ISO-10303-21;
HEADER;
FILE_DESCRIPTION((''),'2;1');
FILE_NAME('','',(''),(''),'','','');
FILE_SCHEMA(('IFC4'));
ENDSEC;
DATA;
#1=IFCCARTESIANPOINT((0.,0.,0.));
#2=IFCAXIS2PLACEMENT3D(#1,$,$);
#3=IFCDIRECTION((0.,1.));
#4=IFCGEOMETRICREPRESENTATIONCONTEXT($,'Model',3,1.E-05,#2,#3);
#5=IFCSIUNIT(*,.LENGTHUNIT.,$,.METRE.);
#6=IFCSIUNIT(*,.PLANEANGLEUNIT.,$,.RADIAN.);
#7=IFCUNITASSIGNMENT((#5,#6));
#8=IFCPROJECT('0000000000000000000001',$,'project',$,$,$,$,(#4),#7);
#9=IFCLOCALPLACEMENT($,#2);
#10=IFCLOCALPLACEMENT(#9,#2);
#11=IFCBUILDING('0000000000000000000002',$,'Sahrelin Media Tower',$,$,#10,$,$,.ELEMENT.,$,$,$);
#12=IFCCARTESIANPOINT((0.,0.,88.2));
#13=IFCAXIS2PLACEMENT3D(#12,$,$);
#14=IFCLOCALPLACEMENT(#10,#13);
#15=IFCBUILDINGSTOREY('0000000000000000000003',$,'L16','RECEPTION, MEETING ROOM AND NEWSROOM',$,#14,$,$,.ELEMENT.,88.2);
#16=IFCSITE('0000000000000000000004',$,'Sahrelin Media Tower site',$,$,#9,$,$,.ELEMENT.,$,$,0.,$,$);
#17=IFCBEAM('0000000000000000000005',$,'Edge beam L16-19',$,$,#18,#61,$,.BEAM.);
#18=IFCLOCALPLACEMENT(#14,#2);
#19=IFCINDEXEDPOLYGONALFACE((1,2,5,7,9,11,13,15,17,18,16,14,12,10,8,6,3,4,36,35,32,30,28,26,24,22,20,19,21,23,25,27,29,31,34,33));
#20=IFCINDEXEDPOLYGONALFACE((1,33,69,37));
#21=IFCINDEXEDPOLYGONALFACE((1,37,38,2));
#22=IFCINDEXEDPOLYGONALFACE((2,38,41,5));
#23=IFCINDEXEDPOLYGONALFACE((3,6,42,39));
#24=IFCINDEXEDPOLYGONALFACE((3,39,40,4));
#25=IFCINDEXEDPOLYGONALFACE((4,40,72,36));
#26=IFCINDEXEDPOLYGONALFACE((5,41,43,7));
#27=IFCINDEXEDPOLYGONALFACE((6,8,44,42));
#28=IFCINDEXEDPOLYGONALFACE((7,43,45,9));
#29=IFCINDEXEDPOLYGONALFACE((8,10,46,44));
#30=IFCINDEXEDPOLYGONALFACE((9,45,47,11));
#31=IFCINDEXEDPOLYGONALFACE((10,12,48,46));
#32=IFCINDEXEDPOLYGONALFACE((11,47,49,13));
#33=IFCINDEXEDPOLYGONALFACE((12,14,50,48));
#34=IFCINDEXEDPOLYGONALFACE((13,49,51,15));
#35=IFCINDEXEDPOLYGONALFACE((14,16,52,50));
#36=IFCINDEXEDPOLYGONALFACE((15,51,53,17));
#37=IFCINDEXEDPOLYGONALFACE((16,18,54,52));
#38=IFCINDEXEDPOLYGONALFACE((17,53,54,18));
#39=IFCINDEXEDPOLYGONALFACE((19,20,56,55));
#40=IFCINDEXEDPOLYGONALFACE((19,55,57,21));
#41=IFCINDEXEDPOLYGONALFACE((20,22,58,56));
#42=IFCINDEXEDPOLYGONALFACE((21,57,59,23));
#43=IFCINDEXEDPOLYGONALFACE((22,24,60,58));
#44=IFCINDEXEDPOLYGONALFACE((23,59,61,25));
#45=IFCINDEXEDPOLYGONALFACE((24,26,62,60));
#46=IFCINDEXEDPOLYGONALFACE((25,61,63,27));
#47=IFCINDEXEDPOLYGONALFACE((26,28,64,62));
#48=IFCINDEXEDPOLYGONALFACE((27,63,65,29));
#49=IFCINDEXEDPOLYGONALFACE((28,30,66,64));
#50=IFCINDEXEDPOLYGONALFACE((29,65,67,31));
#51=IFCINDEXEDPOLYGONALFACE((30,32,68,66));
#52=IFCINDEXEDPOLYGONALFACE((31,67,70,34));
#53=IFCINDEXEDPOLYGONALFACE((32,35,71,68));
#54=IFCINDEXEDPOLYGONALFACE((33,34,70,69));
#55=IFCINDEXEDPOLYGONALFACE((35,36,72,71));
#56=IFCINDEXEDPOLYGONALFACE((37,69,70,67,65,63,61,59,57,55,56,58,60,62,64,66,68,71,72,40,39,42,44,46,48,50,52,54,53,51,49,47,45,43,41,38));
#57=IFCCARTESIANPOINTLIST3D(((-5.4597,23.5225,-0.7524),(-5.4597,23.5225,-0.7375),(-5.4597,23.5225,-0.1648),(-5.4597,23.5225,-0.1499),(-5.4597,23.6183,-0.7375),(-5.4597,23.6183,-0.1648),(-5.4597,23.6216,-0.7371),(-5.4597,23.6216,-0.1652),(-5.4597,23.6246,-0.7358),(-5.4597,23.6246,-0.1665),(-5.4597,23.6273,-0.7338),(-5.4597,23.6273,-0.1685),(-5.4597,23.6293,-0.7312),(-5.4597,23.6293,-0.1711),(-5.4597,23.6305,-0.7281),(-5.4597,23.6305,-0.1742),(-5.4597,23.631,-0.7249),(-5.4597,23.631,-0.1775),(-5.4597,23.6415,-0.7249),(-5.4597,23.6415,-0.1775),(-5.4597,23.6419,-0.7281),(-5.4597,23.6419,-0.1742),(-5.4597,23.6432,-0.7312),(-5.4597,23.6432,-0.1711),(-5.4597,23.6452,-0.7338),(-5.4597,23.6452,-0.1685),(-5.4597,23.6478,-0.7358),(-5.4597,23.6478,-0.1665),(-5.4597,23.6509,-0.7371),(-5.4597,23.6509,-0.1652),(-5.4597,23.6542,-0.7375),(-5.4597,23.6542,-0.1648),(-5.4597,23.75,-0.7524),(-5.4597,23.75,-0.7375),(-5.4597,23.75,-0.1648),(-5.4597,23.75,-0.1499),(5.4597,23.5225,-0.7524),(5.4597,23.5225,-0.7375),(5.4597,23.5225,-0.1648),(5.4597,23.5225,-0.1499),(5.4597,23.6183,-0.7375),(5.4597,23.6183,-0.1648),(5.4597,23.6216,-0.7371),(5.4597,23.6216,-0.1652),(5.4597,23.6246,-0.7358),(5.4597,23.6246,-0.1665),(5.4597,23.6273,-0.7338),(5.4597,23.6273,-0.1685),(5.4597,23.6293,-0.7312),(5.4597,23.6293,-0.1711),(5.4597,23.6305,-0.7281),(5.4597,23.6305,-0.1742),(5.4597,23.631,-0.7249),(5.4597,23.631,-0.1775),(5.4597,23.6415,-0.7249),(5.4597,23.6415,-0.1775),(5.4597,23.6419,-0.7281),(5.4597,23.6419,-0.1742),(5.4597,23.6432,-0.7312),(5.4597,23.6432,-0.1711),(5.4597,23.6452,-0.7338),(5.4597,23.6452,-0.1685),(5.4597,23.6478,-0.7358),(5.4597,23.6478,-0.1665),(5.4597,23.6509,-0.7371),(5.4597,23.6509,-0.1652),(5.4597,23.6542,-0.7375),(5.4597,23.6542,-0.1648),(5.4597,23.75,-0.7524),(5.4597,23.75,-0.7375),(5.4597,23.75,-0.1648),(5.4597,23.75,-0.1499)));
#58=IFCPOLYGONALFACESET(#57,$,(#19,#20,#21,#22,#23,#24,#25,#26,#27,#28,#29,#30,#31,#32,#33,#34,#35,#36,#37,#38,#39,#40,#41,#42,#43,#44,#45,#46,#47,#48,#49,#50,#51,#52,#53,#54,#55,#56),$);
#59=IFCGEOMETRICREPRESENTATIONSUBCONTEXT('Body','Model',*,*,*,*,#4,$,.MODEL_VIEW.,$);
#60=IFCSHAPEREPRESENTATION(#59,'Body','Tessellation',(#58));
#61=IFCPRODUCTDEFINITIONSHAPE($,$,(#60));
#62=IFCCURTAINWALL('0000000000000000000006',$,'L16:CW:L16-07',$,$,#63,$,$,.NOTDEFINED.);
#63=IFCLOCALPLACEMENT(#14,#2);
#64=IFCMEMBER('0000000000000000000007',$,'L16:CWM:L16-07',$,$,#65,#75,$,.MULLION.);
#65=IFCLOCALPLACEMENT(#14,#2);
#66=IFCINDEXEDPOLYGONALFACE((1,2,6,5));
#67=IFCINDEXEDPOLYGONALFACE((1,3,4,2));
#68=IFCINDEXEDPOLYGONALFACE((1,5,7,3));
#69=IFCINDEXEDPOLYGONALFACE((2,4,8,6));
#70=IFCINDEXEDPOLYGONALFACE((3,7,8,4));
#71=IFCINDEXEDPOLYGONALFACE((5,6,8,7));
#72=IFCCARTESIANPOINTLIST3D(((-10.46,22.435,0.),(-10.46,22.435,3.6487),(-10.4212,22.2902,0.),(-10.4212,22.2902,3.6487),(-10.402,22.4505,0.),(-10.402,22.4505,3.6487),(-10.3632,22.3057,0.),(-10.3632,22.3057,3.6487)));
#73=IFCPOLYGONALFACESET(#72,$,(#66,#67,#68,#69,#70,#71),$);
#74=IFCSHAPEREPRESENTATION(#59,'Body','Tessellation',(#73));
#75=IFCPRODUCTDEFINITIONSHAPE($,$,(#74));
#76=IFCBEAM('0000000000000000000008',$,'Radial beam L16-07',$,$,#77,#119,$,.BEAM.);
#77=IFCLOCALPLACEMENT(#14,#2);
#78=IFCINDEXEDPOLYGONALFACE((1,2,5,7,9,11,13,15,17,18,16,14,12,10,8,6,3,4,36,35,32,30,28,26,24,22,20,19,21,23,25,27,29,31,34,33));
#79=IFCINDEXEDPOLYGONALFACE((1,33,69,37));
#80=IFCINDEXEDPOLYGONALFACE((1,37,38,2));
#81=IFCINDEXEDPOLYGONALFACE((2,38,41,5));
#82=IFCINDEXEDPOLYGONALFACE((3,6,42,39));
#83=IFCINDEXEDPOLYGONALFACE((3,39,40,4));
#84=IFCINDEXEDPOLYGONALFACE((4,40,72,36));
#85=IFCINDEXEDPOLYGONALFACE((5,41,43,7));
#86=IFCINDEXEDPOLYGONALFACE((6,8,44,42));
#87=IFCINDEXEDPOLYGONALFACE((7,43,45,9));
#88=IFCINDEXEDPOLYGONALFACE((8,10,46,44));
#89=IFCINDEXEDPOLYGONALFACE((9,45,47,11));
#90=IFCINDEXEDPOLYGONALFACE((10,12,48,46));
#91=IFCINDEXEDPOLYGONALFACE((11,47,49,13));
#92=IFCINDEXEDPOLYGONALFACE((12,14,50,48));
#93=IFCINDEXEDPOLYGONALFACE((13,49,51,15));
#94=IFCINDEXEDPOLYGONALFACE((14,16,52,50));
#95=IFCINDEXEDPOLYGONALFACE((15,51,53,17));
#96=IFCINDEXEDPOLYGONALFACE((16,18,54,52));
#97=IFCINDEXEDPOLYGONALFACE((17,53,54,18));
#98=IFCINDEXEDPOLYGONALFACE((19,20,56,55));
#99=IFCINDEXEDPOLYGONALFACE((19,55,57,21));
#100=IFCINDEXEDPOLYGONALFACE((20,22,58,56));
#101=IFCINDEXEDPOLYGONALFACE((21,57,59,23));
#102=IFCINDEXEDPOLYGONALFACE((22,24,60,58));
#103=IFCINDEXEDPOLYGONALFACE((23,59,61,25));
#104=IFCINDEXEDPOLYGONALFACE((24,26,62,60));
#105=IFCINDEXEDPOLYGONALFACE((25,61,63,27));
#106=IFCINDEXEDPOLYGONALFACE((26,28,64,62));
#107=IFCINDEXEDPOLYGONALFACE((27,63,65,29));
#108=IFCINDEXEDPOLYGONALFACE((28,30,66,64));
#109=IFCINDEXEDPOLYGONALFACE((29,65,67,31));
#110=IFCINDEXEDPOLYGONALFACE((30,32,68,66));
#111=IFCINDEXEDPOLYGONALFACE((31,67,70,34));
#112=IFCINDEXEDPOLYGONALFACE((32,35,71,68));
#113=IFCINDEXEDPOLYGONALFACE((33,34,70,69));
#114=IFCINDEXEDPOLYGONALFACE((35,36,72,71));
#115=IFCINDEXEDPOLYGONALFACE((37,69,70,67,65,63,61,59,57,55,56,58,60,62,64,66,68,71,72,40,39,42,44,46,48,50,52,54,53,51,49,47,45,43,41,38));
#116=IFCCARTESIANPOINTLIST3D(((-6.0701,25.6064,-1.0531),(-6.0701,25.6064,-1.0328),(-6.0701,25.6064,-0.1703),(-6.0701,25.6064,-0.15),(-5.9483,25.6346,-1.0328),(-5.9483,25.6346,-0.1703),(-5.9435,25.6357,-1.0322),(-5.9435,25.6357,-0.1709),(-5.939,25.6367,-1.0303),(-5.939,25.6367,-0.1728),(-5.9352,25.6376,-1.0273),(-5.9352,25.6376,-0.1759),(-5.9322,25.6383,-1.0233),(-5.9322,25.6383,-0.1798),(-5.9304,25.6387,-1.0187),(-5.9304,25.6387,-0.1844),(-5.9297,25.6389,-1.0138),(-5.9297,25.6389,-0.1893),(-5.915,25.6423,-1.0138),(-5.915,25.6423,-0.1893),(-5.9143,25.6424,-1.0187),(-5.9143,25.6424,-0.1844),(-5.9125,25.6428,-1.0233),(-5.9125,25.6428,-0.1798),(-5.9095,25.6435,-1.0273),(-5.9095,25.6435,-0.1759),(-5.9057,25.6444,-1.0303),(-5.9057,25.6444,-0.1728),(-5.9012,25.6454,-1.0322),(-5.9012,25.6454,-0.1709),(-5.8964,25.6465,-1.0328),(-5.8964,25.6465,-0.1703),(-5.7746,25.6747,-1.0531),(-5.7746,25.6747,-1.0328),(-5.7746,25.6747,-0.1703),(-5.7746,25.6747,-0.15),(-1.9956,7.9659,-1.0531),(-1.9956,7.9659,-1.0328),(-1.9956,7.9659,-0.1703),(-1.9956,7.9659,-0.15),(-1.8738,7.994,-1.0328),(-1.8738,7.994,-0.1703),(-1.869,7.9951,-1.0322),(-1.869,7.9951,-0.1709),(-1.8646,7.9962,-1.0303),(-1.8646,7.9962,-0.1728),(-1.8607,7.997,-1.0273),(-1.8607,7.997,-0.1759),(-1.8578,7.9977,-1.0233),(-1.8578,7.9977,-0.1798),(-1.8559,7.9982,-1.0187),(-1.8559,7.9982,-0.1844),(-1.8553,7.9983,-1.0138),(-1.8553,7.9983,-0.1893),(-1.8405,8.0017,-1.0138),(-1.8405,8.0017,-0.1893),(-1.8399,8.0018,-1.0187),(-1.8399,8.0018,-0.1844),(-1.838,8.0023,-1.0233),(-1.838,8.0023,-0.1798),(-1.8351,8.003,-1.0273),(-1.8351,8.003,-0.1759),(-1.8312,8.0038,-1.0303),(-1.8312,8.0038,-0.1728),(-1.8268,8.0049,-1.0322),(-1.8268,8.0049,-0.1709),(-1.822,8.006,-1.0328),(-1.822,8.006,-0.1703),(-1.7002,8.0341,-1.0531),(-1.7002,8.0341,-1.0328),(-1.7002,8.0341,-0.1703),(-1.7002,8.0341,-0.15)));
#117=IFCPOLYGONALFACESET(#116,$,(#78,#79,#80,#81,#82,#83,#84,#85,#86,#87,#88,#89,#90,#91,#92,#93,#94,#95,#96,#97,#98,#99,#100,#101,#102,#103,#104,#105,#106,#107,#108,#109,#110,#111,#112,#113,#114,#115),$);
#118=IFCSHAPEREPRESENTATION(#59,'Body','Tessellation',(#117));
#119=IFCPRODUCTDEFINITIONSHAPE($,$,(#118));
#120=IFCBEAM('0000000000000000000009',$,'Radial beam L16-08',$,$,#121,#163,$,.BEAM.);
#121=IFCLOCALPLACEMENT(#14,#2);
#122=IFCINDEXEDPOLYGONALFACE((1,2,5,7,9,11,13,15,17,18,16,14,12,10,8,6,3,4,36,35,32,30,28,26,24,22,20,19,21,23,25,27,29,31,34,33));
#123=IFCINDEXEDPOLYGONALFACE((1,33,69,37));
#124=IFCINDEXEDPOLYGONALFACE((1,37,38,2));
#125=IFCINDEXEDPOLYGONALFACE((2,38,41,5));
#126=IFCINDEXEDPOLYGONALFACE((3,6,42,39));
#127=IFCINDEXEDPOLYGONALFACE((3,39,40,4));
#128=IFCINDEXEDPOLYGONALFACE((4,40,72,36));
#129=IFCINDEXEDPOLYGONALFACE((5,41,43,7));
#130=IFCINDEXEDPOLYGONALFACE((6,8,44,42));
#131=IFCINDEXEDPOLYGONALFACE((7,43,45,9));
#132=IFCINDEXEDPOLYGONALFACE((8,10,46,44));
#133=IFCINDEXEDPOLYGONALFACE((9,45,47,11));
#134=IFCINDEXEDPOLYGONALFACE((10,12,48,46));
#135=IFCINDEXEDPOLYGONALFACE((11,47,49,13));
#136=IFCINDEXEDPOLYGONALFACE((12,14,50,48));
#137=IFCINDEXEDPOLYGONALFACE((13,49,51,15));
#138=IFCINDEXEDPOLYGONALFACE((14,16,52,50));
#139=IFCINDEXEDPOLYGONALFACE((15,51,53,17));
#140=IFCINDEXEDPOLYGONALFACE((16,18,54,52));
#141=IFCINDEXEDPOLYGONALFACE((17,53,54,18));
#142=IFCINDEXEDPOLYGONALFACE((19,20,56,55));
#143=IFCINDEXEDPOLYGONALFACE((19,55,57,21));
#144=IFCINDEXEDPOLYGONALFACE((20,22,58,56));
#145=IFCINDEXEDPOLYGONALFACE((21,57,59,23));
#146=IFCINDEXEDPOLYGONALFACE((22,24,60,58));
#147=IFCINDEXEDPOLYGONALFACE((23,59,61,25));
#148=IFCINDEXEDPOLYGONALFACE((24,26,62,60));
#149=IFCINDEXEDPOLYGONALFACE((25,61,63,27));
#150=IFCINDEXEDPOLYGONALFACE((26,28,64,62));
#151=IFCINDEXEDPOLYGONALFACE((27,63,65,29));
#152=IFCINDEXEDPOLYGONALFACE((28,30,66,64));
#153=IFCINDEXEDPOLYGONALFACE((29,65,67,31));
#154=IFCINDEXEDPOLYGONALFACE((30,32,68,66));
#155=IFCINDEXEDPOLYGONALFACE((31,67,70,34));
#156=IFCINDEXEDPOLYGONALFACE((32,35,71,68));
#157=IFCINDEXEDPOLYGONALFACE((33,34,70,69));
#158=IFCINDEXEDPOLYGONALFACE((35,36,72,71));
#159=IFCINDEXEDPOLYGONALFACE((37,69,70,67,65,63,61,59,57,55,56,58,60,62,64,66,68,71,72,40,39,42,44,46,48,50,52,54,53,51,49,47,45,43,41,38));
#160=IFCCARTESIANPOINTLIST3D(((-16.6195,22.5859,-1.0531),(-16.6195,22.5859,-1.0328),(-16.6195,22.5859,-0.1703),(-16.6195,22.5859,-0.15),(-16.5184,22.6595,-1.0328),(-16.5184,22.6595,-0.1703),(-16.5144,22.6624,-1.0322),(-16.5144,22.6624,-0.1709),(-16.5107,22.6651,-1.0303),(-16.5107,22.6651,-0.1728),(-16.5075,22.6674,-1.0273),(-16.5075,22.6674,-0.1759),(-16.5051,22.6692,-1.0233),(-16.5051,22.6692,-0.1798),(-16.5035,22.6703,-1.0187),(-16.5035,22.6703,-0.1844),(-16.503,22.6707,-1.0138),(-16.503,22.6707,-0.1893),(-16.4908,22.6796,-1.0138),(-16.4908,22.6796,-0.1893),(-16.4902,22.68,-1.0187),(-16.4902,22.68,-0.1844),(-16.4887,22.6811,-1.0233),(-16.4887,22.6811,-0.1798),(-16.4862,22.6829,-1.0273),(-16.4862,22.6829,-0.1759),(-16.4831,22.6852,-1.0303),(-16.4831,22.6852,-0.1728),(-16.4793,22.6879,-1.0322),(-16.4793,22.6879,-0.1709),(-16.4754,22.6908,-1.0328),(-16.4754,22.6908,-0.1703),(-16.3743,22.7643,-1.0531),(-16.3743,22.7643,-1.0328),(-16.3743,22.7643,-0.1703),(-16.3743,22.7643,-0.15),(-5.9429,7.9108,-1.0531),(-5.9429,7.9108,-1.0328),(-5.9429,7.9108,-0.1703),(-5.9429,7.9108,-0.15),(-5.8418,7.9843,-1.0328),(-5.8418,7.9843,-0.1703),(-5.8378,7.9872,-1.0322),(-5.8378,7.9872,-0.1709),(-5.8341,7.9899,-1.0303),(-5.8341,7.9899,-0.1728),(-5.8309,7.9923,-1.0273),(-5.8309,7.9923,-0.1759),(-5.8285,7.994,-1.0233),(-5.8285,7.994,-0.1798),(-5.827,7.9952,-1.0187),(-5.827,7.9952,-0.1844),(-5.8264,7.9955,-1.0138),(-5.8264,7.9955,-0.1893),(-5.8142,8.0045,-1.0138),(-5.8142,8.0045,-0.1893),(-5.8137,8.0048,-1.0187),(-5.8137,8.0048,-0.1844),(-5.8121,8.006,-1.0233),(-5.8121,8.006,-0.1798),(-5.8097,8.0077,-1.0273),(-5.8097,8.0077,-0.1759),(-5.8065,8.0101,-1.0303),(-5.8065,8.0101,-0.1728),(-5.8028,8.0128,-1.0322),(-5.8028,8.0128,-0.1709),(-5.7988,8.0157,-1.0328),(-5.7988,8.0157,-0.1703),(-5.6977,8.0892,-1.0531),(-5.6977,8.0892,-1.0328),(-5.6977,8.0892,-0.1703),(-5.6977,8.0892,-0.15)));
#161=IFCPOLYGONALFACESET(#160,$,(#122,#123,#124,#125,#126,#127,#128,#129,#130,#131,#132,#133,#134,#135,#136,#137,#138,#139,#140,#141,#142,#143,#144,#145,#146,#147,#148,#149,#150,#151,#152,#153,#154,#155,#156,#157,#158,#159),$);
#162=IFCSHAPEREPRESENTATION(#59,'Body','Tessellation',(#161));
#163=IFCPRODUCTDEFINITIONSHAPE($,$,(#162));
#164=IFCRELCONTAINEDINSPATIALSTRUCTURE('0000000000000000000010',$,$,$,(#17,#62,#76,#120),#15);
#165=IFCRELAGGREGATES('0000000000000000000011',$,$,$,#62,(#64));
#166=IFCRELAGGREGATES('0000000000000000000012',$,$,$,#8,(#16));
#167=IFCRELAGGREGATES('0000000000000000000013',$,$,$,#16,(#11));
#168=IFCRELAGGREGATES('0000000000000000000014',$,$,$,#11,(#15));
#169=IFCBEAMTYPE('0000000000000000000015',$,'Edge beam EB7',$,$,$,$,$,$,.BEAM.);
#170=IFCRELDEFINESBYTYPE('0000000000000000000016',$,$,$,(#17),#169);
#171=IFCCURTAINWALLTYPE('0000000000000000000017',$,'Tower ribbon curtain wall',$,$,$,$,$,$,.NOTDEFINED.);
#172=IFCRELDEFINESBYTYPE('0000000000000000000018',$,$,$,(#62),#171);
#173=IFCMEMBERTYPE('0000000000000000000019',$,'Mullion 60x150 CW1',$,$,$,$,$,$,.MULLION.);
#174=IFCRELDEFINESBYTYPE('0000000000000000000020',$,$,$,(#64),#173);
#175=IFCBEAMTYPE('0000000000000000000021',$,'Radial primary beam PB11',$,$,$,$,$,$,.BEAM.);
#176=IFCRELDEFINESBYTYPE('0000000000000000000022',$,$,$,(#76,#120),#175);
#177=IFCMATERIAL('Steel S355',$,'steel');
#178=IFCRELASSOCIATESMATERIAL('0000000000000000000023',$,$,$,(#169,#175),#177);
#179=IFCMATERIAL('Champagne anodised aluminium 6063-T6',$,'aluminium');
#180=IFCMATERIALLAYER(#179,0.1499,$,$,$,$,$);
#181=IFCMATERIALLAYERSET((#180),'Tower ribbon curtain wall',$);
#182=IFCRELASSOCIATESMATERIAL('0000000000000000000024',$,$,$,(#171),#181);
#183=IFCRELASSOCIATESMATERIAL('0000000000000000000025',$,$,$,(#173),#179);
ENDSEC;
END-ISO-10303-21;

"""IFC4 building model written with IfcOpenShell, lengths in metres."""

from ifc_helpers import new_model, si_unit, direction, frame, origin, origin_2d, place, context, subcontext, project, spatial, rectangle, i_section, extrude, material, layer, layer_set, material_profile, profile_set, type_object, element, aggregate, save


model = new_model("IFC4")

# Units and contexts
model_context = context("Model", 3, precision=1e-05, world=origin(), true_north=direction((0.0, 1.0)))
body_context = subcontext(model_context, "Body", "Model", "MODEL_VIEW")
ifc_project = project(units=[si_unit("LENGTHUNIT", "METRE"), si_unit("PLANEANGLEUNIT", "RADIAN")], contexts=[model_context])

# Site, building, storey
site_placement = place(None, origin())
site = spatial("IfcSite", under=ifc_project, at=site_placement, Name="Sahrelin Media Tower site", CompositionType="ELEMENT", RefElevation=0.0)
building_placement = place(site_placement, origin())
building = spatial("IfcBuilding", under=site, at=building_placement, Name="Sahrelin Media Tower", CompositionType="ELEMENT")
storey_placement = place(building_placement, frame((0.0, 0.0, 88.2)))
storey = spatial("IfcBuildingStorey", under=building, at=storey_placement, Name="L16", Description="RECEPTION, MEETING ROOM AND NEWSROOM", CompositionType="ELEMENT", Elevation=88.2)

# Beam
ifc_material_1 = material(Name="Steel S355", Category="steel")
ifc_material_profile_1 = material_profile(ifc_material_1, i_section(OverallWidth=0.2275, OverallDepth=0.6025, WebThickness=0.0105, FlangeThickness=0.0149, FilletRadius=0.0127, at=origin_2d()), Name="UB 610x229x101")
ifc_profile_set_1 = profile_set([ifc_material_profile_1], Name="Steel S355")
beam_type_1 = type_object("IfcBeamType", Name="Edge beam EB7", PredefinedType="BEAM", material=ifc_profile_set_1)
beam_1_placement = place(storey_placement, frame((-5.4597, 23.6362, -0.4512), z_axis=(1.0, 0.0, 0.0), x_axis=(0.0, 1.0, 0.0)))
element("IfcBeam", 1, at=beam_1_placement, inside=storey, type_object=beam_type_1, Name="Edge beam L16-19", PredefinedType="BEAM", context=body_context, shape_type="SweptSolid", body=[
    extrude(i_section(OverallWidth=0.2275, OverallDepth=0.6025, WebThickness=0.0105, FlangeThickness=0.0149, FilletRadius=0.0127, at=origin_2d()), origin(), (0.0, 0.0, 1.0), 10.9194),
])

# Curtain wall, member
ifc_material_2 = material(Name="Champagne anodised aluminium 6063-T6", Category="aluminium")
ifc_layer_1 = layer(ifc_material_2, 0.1499)
ifc_layer_set_1 = layer_set([ifc_layer_1], Name="Tower ribbon curtain wall")
curtain_wall_type = type_object("IfcCurtainWallType", Name="Tower ribbon curtain wall", PredefinedType="NOTDEFINED", material=ifc_layer_set_1)
curtain_wall_placement = place(storey_placement, frame((-10.4363, 22.4622, 0.0), z_axis=(0.0, 0.0, 1.0), x_axis=(1.0, 0.0, 0.0)))
curtain_wall = element("IfcCurtainWall", 2, at=curtain_wall_placement, inside=storey, type_object=curtain_wall_type, Name="L16:CW:L16-07", PredefinedType="NOTDEFINED")
ifc_material_profile_2 = material_profile(ifc_material_2, rectangle(XDim=0.0601, YDim=0.1499, at=origin_2d()), Name="Mullion 60x150")
ifc_profile_set_2 = profile_set([ifc_material_profile_2], Name="Champagne anodised aluminium 6063-T6")
member_type_1 = type_object("IfcMemberType", Name="Mullion 60x150 CW1", PredefinedType="MULLION", material=ifc_profile_set_2)
member_1_placement = place(storey_placement, frame((-10.4116, 22.3704, 0.0), z_axis=(0.0, 0.0, 1.0), x_axis=(-0.965926, -0.258817, 0.0)))
member_1 = element("IfcMember", 3, at=member_1_placement, type_object=member_type_1, Name="L16:CWM:L16-07", PredefinedType="MULLION", context=body_context, shape_type="SweptSolid", body=[
    extrude(rectangle(XDim=0.0601, YDim=0.1499, at=origin_2d()), origin(), (0.0, 0.0, 1.0), 3.6487),
])

# Beams
ifc_material_profile_3 = material_profile(ifc_material_1, i_section(OverallWidth=0.3032, OverallDepth=0.9031, WebThickness=0.0151, FlangeThickness=0.0203, FilletRadius=0.019, at=origin_2d()), Name="UB 914x305x201")
ifc_profile_set_3 = profile_set([ifc_material_profile_3], Name="Steel S355")
beam_type_2 = type_object("IfcBeamType", Name="Radial primary beam PB11", PredefinedType="BEAM", material=ifc_profile_set_3)
beam_2_placement = place(storey_placement, frame((-1.8479, 8.0, -0.6016), z_axis=(-0.225046, 0.974348, 0.0), x_axis=(-0.974348, -0.225046, 0.0)))
element("IfcBeam", 4, at=beam_2_placement, inside=storey, type_object=beam_type_2, Name="Radial beam L16-07", PredefinedType="BEAM", context=body_context, shape_type="SweptSolid", body=[
    extrude(i_section(OverallWidth=0.3032, OverallDepth=0.9031, WebThickness=0.0151, FlangeThickness=0.0203, FilletRadius=0.019, at=origin_2d()), origin(), (0.0, 0.0, 1.0), 18.105),
])
beam_3_placement = place(storey_placement, frame((-5.8203, 8.0, -0.6016), z_axis=(-0.588307, 0.808638, 0.0), x_axis=(-0.808638, -0.588307, 0.0)))
element("IfcBeam", 5, at=beam_3_placement, inside=storey, type_object=beam_type_2, Name="Radial beam L16-08", PredefinedType="BEAM", context=body_context, shape_type="SweptSolid", body=[
    extrude(i_section(OverallWidth=0.3032, OverallDepth=0.9031, WebThickness=0.0151, FlangeThickness=0.0203, FilletRadius=0.019, at=origin_2d()), origin(), (0.0, 0.0, 1.0), 18.1479),
])

aggregate(curtain_wall, [member_1])

save(model, "model.ifc")
